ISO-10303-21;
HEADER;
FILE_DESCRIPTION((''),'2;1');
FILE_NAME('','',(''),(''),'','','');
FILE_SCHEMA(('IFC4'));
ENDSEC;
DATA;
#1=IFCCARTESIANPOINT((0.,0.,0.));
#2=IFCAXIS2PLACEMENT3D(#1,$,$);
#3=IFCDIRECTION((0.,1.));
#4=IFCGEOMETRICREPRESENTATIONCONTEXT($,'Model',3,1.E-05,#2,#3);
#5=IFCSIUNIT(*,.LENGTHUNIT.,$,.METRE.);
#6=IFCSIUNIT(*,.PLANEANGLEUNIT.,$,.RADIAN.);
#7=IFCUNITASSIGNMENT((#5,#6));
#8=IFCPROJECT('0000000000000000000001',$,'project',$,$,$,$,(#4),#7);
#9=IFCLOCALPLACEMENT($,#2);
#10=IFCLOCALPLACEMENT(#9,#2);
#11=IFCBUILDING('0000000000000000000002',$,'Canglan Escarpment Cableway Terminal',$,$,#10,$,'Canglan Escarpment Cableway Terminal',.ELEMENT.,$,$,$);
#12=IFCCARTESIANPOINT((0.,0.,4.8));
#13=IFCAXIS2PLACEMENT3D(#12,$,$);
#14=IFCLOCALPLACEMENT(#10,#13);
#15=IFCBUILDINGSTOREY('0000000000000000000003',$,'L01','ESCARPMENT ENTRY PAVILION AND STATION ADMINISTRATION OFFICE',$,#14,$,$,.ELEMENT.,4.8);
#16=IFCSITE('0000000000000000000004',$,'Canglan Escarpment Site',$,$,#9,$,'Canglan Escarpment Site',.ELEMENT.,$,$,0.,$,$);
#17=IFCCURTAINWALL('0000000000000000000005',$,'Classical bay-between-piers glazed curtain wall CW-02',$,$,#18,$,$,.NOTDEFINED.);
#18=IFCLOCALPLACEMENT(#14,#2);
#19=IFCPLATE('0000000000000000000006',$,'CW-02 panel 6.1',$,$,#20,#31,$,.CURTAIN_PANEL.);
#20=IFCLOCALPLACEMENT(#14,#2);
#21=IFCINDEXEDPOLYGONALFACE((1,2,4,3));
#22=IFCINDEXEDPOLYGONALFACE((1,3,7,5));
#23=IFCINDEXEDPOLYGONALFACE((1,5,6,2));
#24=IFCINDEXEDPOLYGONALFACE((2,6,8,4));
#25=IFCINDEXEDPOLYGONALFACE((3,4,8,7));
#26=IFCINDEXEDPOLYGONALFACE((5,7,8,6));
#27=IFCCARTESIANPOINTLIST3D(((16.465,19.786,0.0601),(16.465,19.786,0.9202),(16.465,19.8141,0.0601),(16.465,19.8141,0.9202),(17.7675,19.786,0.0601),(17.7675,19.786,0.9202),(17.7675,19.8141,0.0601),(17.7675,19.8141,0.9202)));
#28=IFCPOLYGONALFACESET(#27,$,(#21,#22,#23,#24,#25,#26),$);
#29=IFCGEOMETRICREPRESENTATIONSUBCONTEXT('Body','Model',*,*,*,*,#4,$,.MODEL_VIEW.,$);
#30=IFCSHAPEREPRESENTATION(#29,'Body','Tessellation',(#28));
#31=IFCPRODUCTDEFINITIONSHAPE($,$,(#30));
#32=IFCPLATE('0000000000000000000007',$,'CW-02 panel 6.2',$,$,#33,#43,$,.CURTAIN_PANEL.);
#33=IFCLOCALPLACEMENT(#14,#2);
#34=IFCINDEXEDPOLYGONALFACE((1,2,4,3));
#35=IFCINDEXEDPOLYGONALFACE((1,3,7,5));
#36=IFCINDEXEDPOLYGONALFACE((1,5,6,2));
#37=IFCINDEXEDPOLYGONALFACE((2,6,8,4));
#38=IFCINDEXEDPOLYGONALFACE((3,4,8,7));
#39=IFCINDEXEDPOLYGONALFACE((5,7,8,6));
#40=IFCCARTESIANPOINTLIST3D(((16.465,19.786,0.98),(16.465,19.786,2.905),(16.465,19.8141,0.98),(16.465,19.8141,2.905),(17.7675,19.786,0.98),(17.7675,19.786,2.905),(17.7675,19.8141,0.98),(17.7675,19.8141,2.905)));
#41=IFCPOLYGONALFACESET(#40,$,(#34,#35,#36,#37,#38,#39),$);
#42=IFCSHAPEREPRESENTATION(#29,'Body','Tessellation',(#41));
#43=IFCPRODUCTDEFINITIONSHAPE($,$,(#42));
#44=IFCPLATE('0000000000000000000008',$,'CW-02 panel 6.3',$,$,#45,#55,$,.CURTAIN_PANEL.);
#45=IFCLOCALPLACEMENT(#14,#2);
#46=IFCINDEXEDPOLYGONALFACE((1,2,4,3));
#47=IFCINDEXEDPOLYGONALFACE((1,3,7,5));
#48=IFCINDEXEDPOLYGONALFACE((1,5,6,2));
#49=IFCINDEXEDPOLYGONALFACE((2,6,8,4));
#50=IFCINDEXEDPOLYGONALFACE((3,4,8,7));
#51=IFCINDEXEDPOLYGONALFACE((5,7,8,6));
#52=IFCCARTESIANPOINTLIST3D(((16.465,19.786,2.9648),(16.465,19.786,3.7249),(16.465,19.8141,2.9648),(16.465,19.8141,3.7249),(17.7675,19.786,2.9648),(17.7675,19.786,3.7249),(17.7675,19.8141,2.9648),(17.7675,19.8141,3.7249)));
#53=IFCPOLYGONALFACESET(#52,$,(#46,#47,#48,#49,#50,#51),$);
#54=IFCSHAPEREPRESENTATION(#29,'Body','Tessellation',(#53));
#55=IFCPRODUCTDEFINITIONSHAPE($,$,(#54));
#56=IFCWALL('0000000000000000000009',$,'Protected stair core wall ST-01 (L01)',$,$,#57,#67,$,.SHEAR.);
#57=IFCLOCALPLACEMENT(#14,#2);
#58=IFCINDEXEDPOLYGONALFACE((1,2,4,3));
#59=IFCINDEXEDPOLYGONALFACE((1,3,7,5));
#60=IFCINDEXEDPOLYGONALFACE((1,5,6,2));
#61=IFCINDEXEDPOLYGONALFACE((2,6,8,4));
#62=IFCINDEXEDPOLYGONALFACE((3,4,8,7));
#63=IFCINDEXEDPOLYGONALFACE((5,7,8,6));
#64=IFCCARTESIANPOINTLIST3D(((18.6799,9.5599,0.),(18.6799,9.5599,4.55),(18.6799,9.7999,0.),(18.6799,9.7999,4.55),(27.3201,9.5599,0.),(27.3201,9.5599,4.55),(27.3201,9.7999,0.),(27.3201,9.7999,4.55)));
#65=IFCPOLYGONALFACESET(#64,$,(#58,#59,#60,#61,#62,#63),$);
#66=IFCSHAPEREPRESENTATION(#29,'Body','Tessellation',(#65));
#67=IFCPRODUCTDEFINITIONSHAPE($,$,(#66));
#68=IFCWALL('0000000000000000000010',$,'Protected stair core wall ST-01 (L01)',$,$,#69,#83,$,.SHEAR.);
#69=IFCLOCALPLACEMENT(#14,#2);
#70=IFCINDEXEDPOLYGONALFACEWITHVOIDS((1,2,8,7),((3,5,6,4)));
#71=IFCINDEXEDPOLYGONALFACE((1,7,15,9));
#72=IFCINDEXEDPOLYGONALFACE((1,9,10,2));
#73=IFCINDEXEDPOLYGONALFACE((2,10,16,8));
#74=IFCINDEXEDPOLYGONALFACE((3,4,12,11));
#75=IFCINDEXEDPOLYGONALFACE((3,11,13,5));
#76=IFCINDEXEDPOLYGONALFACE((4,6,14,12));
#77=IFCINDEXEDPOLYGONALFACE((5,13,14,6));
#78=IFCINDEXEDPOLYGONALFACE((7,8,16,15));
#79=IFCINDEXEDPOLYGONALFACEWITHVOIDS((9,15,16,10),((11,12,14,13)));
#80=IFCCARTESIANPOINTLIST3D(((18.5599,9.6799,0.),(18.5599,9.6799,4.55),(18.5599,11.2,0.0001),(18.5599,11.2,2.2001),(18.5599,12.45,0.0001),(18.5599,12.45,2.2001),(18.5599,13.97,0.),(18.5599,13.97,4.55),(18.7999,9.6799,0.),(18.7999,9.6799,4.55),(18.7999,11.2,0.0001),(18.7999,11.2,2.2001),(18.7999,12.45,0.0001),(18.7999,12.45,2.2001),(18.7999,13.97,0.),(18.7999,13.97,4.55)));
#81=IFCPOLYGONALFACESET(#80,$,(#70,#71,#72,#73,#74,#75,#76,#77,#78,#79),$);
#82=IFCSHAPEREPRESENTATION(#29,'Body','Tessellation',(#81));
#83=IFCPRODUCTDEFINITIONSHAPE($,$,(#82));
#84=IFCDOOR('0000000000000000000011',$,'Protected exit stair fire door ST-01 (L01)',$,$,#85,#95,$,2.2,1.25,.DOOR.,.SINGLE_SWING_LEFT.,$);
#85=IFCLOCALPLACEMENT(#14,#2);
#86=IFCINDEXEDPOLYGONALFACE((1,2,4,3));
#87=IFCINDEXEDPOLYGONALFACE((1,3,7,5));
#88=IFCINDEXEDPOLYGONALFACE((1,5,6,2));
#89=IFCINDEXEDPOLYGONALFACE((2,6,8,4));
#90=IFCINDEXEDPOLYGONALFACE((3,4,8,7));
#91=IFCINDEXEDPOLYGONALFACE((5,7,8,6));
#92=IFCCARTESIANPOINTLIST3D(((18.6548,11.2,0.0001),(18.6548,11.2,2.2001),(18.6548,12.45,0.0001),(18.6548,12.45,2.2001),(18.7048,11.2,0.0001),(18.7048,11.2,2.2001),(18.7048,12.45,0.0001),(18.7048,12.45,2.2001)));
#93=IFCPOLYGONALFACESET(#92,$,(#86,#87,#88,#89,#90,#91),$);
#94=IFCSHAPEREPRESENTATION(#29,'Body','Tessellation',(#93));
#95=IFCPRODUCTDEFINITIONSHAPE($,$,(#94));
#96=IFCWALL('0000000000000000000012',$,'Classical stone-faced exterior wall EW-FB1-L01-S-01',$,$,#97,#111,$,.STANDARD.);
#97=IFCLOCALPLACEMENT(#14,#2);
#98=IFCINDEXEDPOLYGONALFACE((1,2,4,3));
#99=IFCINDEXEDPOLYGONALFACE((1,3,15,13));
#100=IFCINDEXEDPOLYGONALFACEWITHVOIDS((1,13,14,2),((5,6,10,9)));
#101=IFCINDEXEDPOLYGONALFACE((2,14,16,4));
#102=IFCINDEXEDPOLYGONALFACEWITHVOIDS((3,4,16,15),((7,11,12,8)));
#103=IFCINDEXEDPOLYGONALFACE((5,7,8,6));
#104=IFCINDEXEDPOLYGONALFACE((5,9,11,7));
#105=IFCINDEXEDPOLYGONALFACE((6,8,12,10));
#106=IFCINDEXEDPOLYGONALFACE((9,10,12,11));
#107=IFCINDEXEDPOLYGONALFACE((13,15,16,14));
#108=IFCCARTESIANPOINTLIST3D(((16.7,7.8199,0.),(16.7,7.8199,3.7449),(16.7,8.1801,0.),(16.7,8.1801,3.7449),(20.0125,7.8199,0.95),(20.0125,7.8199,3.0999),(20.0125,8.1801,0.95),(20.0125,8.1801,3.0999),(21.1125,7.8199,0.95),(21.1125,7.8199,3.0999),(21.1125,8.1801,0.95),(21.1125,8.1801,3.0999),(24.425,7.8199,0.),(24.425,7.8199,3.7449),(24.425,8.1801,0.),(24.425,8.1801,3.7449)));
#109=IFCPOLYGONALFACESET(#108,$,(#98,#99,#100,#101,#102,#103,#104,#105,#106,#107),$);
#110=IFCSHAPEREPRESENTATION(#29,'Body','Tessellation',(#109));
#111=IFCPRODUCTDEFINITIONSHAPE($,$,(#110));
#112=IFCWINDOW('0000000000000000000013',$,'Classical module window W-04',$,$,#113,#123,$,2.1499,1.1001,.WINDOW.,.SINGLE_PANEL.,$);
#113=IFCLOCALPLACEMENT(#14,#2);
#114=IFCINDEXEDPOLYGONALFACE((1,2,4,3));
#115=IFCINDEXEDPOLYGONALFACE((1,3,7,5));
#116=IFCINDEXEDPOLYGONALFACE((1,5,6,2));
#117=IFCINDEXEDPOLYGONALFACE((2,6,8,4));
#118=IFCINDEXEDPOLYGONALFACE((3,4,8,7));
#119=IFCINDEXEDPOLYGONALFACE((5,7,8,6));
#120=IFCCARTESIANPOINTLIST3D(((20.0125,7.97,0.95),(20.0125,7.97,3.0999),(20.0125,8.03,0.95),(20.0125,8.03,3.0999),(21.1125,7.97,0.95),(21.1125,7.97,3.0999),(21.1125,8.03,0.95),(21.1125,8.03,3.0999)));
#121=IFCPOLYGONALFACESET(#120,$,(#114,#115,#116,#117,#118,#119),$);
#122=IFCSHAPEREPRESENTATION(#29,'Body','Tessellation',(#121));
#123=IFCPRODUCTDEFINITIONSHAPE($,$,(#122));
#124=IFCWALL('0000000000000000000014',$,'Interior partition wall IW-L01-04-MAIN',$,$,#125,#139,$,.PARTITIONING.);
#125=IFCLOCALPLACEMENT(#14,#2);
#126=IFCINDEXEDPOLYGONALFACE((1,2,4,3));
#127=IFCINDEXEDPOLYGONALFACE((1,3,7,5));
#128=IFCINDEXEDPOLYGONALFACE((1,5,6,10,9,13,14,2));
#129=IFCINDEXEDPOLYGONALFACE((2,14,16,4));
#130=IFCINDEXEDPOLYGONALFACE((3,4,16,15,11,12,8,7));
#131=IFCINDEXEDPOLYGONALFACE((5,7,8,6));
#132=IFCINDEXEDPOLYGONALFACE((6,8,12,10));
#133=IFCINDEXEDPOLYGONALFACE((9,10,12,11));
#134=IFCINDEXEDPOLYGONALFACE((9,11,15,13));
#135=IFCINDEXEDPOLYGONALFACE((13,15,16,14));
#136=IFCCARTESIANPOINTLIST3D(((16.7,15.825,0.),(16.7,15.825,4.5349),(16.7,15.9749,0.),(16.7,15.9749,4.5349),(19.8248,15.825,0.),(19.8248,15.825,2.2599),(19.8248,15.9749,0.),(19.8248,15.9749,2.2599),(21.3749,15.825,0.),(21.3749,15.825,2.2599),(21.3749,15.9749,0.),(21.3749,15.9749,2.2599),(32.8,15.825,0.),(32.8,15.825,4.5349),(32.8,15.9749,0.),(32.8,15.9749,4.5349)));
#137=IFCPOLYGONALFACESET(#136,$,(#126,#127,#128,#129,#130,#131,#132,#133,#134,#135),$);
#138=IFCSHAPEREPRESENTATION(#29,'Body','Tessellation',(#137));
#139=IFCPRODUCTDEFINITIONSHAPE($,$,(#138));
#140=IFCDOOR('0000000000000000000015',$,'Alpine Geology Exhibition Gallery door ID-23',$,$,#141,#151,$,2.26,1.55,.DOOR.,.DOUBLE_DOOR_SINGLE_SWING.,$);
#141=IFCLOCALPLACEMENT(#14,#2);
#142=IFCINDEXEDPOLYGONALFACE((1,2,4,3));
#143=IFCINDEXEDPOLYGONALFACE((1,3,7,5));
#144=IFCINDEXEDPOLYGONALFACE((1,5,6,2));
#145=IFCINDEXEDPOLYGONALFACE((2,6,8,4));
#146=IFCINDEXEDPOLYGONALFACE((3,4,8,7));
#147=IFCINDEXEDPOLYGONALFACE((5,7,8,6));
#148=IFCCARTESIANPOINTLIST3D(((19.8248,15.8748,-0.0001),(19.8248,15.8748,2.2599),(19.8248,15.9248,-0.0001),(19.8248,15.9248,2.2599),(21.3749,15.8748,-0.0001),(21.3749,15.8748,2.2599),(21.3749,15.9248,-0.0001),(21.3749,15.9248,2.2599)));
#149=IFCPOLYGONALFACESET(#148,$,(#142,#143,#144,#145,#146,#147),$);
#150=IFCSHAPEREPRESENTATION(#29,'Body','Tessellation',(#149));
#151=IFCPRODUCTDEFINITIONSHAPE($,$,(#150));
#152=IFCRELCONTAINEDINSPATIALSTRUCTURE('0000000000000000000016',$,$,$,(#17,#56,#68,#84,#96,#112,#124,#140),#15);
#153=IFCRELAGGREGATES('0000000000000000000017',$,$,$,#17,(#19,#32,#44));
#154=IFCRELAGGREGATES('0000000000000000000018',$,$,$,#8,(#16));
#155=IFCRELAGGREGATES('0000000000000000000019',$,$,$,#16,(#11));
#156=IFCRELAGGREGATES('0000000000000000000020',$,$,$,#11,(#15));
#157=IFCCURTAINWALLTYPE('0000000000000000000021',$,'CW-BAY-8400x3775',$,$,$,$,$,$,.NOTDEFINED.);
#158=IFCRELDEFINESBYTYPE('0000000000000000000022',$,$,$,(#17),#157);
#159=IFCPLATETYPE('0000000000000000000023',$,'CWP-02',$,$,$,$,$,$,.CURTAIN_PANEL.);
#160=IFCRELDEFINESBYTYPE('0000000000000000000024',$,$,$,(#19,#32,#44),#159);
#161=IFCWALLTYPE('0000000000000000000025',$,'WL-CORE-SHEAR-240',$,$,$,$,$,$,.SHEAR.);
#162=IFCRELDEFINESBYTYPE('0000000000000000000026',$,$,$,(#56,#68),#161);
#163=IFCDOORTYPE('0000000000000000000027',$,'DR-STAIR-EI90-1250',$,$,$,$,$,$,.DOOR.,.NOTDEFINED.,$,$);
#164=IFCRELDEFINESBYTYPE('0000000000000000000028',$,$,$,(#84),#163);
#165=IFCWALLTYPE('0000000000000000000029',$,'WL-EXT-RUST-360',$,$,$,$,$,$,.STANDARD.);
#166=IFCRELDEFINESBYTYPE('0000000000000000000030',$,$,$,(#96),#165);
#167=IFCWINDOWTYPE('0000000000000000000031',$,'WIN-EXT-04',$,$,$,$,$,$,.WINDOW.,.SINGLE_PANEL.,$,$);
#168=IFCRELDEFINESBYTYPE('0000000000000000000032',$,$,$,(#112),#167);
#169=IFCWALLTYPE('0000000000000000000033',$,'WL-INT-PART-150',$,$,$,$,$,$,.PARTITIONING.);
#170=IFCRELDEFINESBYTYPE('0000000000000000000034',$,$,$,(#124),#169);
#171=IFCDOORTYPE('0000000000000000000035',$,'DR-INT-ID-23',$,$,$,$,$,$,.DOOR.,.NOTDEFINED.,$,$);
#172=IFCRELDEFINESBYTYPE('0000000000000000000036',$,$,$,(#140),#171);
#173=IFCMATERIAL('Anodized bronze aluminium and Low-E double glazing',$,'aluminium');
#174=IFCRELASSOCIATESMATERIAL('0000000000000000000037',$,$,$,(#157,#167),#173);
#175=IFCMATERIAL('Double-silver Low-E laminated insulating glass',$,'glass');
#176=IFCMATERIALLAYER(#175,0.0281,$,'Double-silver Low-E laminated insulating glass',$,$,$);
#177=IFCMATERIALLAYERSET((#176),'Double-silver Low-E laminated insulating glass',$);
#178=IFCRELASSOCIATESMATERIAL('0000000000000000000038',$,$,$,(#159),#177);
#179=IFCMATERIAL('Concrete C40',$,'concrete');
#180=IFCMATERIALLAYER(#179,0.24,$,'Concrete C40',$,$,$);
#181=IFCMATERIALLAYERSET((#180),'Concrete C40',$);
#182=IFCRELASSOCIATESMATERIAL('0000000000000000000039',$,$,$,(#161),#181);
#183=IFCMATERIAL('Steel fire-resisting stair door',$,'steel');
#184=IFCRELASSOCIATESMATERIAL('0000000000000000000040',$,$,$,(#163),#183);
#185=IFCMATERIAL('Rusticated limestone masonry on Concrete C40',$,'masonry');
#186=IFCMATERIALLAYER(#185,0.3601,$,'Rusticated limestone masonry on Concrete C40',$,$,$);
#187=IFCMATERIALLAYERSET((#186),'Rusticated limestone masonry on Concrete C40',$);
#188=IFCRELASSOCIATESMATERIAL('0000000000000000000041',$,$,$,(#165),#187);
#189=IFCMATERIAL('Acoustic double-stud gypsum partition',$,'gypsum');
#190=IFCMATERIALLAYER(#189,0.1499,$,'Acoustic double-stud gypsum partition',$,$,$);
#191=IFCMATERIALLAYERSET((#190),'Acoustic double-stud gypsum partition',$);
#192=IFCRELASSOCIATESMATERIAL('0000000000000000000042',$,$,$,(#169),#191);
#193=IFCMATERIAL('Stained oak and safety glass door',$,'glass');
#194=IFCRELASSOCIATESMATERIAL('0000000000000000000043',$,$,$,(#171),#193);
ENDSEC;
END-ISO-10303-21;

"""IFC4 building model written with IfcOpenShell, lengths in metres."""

from ifc_helpers import new_model, si_unit, direction, frame, frame_2d, origin, origin_2d, place, context, subcontext, project, spatial, rectangle, extrude, material, layer, layer_set, type_object, element, fill, aggregate, save


model = new_model("IFC4")

# Units and contexts
model_context = context("Model", 3, precision=1e-05, world=origin(), true_north=direction((0.0, 1.0)))
body_context = subcontext(model_context, "Body", "Model", "MODEL_VIEW")
ifc_project = project(units=[si_unit("LENGTHUNIT", "METRE"), si_unit("PLANEANGLEUNIT", "RADIAN")], contexts=[model_context])

# Site, building, storey
site_placement = place(None, origin())
site = spatial("IfcSite", under=ifc_project, at=site_placement, Name="Canglan Escarpment Site", LongName="Canglan Escarpment Site", CompositionType="ELEMENT", RefElevation=0.0)
building_placement = place(site_placement, origin())
building = spatial("IfcBuilding", under=site, at=building_placement, Name="Canglan Escarpment Cableway Terminal", LongName="Canglan Escarpment Cableway Terminal", CompositionType="ELEMENT")
storey_placement = place(building_placement, frame((0.0, 0.0, 4.8)))
storey = spatial("IfcBuildingStorey", under=building, at=storey_placement, Name="L01", Description="ESCARPMENT ENTRY PAVILION AND STATION ADMINISTRATION OFFICE", CompositionType="ELEMENT", Elevation=4.8)

# Shared definitions
ifc_material_1 = material(Name="Concrete C40", Category="concrete")

# Curtain wall
ifc_material_2 = material(Name="Anodized bronze aluminium and Low-E double glazing", Category="aluminium")
curtain_wall_type = type_object("IfcCurtainWallType", Name="CW-BAY-8400x3775", PredefinedType="NOTDEFINED", material=ifc_material_2)
curtain_wall_placement = place(storey_placement, origin())
curtain_wall = element("IfcCurtainWall", 1, at=curtain_wall_placement, inside=storey, type_object=curtain_wall_type, Name="Classical bay-between-piers glazed curtain wall CW-02", PredefinedType="NOTDEFINED")

# Plates
ifc_material_3 = material(Name="Double-silver Low-E laminated insulating glass", Category="glass")
ifc_layer_1 = layer(ifc_material_3, 0.0281, Name="Double-silver Low-E laminated insulating glass")
ifc_layer_set_1 = layer_set([ifc_layer_1], Name="Double-silver Low-E laminated insulating glass")
plate_type = type_object("IfcPlateType", Name="CWP-02", PredefinedType="CURTAIN_PANEL", material=ifc_layer_set_1)
plate_1_placement = place(storey_placement, frame((17.1162, 19.8, 0.0601), z_axis=(0.0, 0.0, 1.0), x_axis=(-1.0, 0.0, 0.0)))
plate_1 = element("IfcPlate", 2, at=plate_1_placement, type_object=plate_type, Name="CW-02 panel 6.1", PredefinedType="CURTAIN_PANEL", context=body_context, shape_type="SweptSolid", body=[
    extrude(rectangle(XDim=1.3025, YDim=0.0281, at=origin_2d()), origin(), (0.0, 0.0, 1.0), 0.8601),
])
plate_2_placement = place(storey_placement, frame((17.1162, 19.8, 0.98), z_axis=(0.0, 0.0, 1.0), x_axis=(-1.0, 0.0, 0.0)))
plate_2 = element("IfcPlate", 3, at=plate_2_placement, type_object=plate_type, Name="CW-02 panel 6.2", PredefinedType="CURTAIN_PANEL", context=body_context, shape_type="SweptSolid", body=[
    extrude(rectangle(XDim=1.3025, YDim=0.0281, at=origin_2d()), origin(), (0.0, 0.0, 1.0), 1.925),
])
plate_3_placement = place(storey_placement, frame((17.1162, 19.8, 2.9648), z_axis=(0.0, 0.0, 1.0), x_axis=(-1.0, 0.0, 0.0)))
plate_3 = element("IfcPlate", 4, at=plate_3_placement, type_object=plate_type, Name="CW-02 panel 6.3", PredefinedType="CURTAIN_PANEL", context=body_context, shape_type="SweptSolid", body=[
    extrude(rectangle(XDim=1.3025, YDim=0.0281, at=origin_2d()), origin(), (0.0, 0.0, 1.0), 0.76),
])
aggregate(curtain_wall, [plate_1, plate_2, plate_3])

# Wall
ifc_layer_2 = layer(ifc_material_1, 0.24, Name="Concrete C40")
ifc_layer_set_2 = layer_set([ifc_layer_2], Name="Concrete C40")
wall_type_1 = type_object("IfcWallType", Name="WL-CORE-SHEAR-240", PredefinedType="SHEAR", material=ifc_layer_set_2)
wall_1_placement = place(storey_placement, frame((18.6799, 9.6799, 0.0), z_axis=(0.0, 0.0, 1.0), x_axis=(1.0, 0.0, 0.0)))
element("IfcWall", 5, at=wall_1_placement, inside=storey, type_object=wall_type_1, Name="Protected stair core wall ST-01 (L01)", PredefinedType="SHEAR", context=body_context, shape_type="SweptSolid", body=[
    extrude(rectangle(XDim=8.6401, YDim=0.24, at=frame_2d((4.3201, 0.0))), origin(), (0.0, 0.0, 1.0), 4.55),
])

# Wall, opening, door
wall_2_placement = place(storey_placement, frame((18.6799, 13.97, 0.0), z_axis=(0.0, 0.0, 1.0), x_axis=(0.0, -1.0, 0.0)))
wall_2 = element("IfcWall", 6, at=wall_2_placement, inside=storey, type_object=wall_type_1, Name="Protected stair core wall ST-01 (L01)", PredefinedType="SHEAR", context=body_context, shape_type="SweptSolid", body=[
    extrude(rectangle(XDim=4.29, YDim=0.24, at=frame_2d((2.145, 0.0))), origin(), (0.0, 0.0, 1.0), 4.55),
])
opening_1_placement = place(wall_2_placement, frame((1.52, 0.0, 0.0)))
opening_1 = element("IfcOpeningElement", 7, at=opening_1_placement, cuts=wall_2, PredefinedType="OPENING", context=body_context, shape_type="SweptSolid", body=[
    extrude(rectangle(XDim=1.25, YDim=2.2, at=frame_2d((0.625, 1.1001))), frame((0.0, 0.1299, 0.0), z_axis=(0.0, -1.0, 0.0), x_axis=(1.0, 0.0, 0.0)), (0.0, 0.0, 1.0), 0.26),
])
ifc_material_4 = material(Name="Steel fire-resisting stair door", Category="steel")
door_type_1 = type_object("IfcDoorType", Name="DR-STAIR-EI90-1250", OperationType="NOTDEFINED", PredefinedType="DOOR", material=ifc_material_4)
door_1_placement = place(opening_1_placement, origin())
door_1 = element("IfcDoor", 8, at=door_1_placement, inside=storey, type_object=door_type_1, Name="Protected exit stair fire door ST-01 (L01)", OperationType="SINGLE_SWING_LEFT", OverallHeight=2.2, OverallWidth=1.25, PredefinedType="DOOR", context=body_context, shape_type="SweptSolid", body=[
    extrude(rectangle(XDim=1.25, YDim=2.2, at=frame_2d((0.625, 1.1001))), frame((0.0, 0.0249, 0.0), z_axis=(0.0, -1.0, 0.0), x_axis=(1.0, 0.0, 0.0)), (0.0, 0.0, 1.0), 0.05),
])
fill(opening_1, door_1)

# Wall, opening, window
ifc_material_5 = material(Name="Rusticated limestone masonry on Concrete C40", Category="masonry")
ifc_layer_3 = layer(ifc_material_5, 0.3601, Name="Rusticated limestone masonry on Concrete C40")
ifc_layer_set_3 = layer_set([ifc_layer_3], Name="Rusticated limestone masonry on Concrete C40")
wall_type_2 = type_object("IfcWallType", Name="WL-EXT-RUST-360", PredefinedType="STANDARD", material=ifc_layer_set_3)
wall_3_placement = place(storey_placement, frame((16.7, 8.0, 0.0), z_axis=(0.0, 0.0, 1.0), x_axis=(1.0, 0.0, 0.0)))
wall_3 = element("IfcWall", 9, at=wall_3_placement, inside=storey, type_object=wall_type_2, Name="Classical stone-faced exterior wall EW-FB1-L01-S-01", PredefinedType="STANDARD", context=body_context, shape_type="SweptSolid", body=[
    extrude(rectangle(XDim=7.7251, YDim=0.3601, at=frame_2d((3.8625, 0.0))), origin(), (0.0, 0.0, 1.0), 3.7449),
])
opening_2_placement = place(wall_3_placement, frame((3.3125, 0.0, 0.95)))
opening_2 = element("IfcOpeningElement", 10, at=opening_2_placement, cuts=wall_3, PredefinedType="OPENING", context=body_context, shape_type="SweptSolid", body=[
    extrude(rectangle(XDim=1.1001, YDim=2.1499, at=frame_2d((0.55, 1.075))), frame((0.0, 0.1899, 0.0), z_axis=(0.0, -1.0, 0.0), x_axis=(1.0, 0.0, 0.0)), (0.0, 0.0, 1.0), 0.3801),
])
window_type = type_object("IfcWindowType", Name="WIN-EXT-04", PartitioningType="SINGLE_PANEL", PredefinedType="WINDOW", material=ifc_material_2)
window_placement = place(opening_2_placement, origin())
window = element("IfcWindow", 11, at=window_placement, inside=storey, type_object=window_type, Name="Classical module window W-04", OverallHeight=2.1499, OverallWidth=1.1001, PartitioningType="SINGLE_PANEL", PredefinedType="WINDOW", context=body_context, shape_type="SweptSolid", body=[
    extrude(rectangle(XDim=1.1001, YDim=2.1499, at=frame_2d((0.55, 1.075))), frame((0.0, 0.03, 0.0), z_axis=(0.0, -1.0, 0.0), x_axis=(1.0, 0.0, 0.0)), (0.0, 0.0, 1.0), 0.0601),
])
fill(opening_2, window)

# Wall, opening, door
ifc_material_6 = material(Name="Acoustic double-stud gypsum partition", Category="gypsum")
ifc_layer_4 = layer(ifc_material_6, 0.1499, Name="Acoustic double-stud gypsum partition")
ifc_layer_set_4 = layer_set([ifc_layer_4], Name="Acoustic double-stud gypsum partition")
wall_type_3 = type_object("IfcWallType", Name="WL-INT-PART-150", PredefinedType="PARTITIONING", material=ifc_layer_set_4)
wall_4_placement = place(storey_placement, frame((16.7, 15.8999, 0.0), z_axis=(0.0, 0.0, 1.0), x_axis=(1.0, 0.0, 0.0)))
wall_4 = element("IfcWall", 12, at=wall_4_placement, inside=storey, type_object=wall_type_3, Name="Interior partition wall IW-L01-04-MAIN", PredefinedType="PARTITIONING", context=body_context, shape_type="SweptSolid", body=[
    extrude(rectangle(XDim=16.1001, YDim=0.1499, at=frame_2d((8.05, 0.0))), origin(), (0.0, 0.0, 1.0), 4.5349),
])
opening_3_placement = place(wall_4_placement, frame((3.125, 0.0, 0.0)))
opening_3 = element("IfcOpeningElement", 13, at=opening_3_placement, cuts=wall_4, PredefinedType="OPENING", context=body_context, shape_type="SweptSolid", body=[
    extrude(rectangle(XDim=1.55, YDim=2.26, at=frame_2d((0.7749, 1.1299))), frame((0.0, 0.085, 0.0), z_axis=(0.0, -1.0, 0.0), x_axis=(1.0, 0.0, 0.0)), (0.0, 0.0, 1.0), 0.1699),
])
ifc_material_7 = material(Name="Stained oak and safety glass door", Category="glass")
door_type_2 = type_object("IfcDoorType", Name="DR-INT-ID-23", OperationType="NOTDEFINED", PredefinedType="DOOR", material=ifc_material_7)
door_2_placement = place(opening_3_placement, origin())
door_2 = element("IfcDoor", 14, at=door_2_placement, inside=storey, type_object=door_type_2, Name="Alpine Geology Exhibition Gallery door ID-23", OperationType="DOUBLE_DOOR_SINGLE_SWING", OverallHeight=2.26, OverallWidth=1.55, PredefinedType="DOOR", context=body_context, shape_type="SweptSolid", body=[
    extrude(rectangle(XDim=1.55, YDim=2.26, at=frame_2d((0.7749, 1.1299))), frame((0.0, 0.0249, 0.0), z_axis=(0.0, -1.0, 0.0), x_axis=(1.0, 0.0, 0.0)), (0.0, 0.0, 1.0), 0.05),
])
fill(opening_3, door_2)

save(model, "model.ifc")
